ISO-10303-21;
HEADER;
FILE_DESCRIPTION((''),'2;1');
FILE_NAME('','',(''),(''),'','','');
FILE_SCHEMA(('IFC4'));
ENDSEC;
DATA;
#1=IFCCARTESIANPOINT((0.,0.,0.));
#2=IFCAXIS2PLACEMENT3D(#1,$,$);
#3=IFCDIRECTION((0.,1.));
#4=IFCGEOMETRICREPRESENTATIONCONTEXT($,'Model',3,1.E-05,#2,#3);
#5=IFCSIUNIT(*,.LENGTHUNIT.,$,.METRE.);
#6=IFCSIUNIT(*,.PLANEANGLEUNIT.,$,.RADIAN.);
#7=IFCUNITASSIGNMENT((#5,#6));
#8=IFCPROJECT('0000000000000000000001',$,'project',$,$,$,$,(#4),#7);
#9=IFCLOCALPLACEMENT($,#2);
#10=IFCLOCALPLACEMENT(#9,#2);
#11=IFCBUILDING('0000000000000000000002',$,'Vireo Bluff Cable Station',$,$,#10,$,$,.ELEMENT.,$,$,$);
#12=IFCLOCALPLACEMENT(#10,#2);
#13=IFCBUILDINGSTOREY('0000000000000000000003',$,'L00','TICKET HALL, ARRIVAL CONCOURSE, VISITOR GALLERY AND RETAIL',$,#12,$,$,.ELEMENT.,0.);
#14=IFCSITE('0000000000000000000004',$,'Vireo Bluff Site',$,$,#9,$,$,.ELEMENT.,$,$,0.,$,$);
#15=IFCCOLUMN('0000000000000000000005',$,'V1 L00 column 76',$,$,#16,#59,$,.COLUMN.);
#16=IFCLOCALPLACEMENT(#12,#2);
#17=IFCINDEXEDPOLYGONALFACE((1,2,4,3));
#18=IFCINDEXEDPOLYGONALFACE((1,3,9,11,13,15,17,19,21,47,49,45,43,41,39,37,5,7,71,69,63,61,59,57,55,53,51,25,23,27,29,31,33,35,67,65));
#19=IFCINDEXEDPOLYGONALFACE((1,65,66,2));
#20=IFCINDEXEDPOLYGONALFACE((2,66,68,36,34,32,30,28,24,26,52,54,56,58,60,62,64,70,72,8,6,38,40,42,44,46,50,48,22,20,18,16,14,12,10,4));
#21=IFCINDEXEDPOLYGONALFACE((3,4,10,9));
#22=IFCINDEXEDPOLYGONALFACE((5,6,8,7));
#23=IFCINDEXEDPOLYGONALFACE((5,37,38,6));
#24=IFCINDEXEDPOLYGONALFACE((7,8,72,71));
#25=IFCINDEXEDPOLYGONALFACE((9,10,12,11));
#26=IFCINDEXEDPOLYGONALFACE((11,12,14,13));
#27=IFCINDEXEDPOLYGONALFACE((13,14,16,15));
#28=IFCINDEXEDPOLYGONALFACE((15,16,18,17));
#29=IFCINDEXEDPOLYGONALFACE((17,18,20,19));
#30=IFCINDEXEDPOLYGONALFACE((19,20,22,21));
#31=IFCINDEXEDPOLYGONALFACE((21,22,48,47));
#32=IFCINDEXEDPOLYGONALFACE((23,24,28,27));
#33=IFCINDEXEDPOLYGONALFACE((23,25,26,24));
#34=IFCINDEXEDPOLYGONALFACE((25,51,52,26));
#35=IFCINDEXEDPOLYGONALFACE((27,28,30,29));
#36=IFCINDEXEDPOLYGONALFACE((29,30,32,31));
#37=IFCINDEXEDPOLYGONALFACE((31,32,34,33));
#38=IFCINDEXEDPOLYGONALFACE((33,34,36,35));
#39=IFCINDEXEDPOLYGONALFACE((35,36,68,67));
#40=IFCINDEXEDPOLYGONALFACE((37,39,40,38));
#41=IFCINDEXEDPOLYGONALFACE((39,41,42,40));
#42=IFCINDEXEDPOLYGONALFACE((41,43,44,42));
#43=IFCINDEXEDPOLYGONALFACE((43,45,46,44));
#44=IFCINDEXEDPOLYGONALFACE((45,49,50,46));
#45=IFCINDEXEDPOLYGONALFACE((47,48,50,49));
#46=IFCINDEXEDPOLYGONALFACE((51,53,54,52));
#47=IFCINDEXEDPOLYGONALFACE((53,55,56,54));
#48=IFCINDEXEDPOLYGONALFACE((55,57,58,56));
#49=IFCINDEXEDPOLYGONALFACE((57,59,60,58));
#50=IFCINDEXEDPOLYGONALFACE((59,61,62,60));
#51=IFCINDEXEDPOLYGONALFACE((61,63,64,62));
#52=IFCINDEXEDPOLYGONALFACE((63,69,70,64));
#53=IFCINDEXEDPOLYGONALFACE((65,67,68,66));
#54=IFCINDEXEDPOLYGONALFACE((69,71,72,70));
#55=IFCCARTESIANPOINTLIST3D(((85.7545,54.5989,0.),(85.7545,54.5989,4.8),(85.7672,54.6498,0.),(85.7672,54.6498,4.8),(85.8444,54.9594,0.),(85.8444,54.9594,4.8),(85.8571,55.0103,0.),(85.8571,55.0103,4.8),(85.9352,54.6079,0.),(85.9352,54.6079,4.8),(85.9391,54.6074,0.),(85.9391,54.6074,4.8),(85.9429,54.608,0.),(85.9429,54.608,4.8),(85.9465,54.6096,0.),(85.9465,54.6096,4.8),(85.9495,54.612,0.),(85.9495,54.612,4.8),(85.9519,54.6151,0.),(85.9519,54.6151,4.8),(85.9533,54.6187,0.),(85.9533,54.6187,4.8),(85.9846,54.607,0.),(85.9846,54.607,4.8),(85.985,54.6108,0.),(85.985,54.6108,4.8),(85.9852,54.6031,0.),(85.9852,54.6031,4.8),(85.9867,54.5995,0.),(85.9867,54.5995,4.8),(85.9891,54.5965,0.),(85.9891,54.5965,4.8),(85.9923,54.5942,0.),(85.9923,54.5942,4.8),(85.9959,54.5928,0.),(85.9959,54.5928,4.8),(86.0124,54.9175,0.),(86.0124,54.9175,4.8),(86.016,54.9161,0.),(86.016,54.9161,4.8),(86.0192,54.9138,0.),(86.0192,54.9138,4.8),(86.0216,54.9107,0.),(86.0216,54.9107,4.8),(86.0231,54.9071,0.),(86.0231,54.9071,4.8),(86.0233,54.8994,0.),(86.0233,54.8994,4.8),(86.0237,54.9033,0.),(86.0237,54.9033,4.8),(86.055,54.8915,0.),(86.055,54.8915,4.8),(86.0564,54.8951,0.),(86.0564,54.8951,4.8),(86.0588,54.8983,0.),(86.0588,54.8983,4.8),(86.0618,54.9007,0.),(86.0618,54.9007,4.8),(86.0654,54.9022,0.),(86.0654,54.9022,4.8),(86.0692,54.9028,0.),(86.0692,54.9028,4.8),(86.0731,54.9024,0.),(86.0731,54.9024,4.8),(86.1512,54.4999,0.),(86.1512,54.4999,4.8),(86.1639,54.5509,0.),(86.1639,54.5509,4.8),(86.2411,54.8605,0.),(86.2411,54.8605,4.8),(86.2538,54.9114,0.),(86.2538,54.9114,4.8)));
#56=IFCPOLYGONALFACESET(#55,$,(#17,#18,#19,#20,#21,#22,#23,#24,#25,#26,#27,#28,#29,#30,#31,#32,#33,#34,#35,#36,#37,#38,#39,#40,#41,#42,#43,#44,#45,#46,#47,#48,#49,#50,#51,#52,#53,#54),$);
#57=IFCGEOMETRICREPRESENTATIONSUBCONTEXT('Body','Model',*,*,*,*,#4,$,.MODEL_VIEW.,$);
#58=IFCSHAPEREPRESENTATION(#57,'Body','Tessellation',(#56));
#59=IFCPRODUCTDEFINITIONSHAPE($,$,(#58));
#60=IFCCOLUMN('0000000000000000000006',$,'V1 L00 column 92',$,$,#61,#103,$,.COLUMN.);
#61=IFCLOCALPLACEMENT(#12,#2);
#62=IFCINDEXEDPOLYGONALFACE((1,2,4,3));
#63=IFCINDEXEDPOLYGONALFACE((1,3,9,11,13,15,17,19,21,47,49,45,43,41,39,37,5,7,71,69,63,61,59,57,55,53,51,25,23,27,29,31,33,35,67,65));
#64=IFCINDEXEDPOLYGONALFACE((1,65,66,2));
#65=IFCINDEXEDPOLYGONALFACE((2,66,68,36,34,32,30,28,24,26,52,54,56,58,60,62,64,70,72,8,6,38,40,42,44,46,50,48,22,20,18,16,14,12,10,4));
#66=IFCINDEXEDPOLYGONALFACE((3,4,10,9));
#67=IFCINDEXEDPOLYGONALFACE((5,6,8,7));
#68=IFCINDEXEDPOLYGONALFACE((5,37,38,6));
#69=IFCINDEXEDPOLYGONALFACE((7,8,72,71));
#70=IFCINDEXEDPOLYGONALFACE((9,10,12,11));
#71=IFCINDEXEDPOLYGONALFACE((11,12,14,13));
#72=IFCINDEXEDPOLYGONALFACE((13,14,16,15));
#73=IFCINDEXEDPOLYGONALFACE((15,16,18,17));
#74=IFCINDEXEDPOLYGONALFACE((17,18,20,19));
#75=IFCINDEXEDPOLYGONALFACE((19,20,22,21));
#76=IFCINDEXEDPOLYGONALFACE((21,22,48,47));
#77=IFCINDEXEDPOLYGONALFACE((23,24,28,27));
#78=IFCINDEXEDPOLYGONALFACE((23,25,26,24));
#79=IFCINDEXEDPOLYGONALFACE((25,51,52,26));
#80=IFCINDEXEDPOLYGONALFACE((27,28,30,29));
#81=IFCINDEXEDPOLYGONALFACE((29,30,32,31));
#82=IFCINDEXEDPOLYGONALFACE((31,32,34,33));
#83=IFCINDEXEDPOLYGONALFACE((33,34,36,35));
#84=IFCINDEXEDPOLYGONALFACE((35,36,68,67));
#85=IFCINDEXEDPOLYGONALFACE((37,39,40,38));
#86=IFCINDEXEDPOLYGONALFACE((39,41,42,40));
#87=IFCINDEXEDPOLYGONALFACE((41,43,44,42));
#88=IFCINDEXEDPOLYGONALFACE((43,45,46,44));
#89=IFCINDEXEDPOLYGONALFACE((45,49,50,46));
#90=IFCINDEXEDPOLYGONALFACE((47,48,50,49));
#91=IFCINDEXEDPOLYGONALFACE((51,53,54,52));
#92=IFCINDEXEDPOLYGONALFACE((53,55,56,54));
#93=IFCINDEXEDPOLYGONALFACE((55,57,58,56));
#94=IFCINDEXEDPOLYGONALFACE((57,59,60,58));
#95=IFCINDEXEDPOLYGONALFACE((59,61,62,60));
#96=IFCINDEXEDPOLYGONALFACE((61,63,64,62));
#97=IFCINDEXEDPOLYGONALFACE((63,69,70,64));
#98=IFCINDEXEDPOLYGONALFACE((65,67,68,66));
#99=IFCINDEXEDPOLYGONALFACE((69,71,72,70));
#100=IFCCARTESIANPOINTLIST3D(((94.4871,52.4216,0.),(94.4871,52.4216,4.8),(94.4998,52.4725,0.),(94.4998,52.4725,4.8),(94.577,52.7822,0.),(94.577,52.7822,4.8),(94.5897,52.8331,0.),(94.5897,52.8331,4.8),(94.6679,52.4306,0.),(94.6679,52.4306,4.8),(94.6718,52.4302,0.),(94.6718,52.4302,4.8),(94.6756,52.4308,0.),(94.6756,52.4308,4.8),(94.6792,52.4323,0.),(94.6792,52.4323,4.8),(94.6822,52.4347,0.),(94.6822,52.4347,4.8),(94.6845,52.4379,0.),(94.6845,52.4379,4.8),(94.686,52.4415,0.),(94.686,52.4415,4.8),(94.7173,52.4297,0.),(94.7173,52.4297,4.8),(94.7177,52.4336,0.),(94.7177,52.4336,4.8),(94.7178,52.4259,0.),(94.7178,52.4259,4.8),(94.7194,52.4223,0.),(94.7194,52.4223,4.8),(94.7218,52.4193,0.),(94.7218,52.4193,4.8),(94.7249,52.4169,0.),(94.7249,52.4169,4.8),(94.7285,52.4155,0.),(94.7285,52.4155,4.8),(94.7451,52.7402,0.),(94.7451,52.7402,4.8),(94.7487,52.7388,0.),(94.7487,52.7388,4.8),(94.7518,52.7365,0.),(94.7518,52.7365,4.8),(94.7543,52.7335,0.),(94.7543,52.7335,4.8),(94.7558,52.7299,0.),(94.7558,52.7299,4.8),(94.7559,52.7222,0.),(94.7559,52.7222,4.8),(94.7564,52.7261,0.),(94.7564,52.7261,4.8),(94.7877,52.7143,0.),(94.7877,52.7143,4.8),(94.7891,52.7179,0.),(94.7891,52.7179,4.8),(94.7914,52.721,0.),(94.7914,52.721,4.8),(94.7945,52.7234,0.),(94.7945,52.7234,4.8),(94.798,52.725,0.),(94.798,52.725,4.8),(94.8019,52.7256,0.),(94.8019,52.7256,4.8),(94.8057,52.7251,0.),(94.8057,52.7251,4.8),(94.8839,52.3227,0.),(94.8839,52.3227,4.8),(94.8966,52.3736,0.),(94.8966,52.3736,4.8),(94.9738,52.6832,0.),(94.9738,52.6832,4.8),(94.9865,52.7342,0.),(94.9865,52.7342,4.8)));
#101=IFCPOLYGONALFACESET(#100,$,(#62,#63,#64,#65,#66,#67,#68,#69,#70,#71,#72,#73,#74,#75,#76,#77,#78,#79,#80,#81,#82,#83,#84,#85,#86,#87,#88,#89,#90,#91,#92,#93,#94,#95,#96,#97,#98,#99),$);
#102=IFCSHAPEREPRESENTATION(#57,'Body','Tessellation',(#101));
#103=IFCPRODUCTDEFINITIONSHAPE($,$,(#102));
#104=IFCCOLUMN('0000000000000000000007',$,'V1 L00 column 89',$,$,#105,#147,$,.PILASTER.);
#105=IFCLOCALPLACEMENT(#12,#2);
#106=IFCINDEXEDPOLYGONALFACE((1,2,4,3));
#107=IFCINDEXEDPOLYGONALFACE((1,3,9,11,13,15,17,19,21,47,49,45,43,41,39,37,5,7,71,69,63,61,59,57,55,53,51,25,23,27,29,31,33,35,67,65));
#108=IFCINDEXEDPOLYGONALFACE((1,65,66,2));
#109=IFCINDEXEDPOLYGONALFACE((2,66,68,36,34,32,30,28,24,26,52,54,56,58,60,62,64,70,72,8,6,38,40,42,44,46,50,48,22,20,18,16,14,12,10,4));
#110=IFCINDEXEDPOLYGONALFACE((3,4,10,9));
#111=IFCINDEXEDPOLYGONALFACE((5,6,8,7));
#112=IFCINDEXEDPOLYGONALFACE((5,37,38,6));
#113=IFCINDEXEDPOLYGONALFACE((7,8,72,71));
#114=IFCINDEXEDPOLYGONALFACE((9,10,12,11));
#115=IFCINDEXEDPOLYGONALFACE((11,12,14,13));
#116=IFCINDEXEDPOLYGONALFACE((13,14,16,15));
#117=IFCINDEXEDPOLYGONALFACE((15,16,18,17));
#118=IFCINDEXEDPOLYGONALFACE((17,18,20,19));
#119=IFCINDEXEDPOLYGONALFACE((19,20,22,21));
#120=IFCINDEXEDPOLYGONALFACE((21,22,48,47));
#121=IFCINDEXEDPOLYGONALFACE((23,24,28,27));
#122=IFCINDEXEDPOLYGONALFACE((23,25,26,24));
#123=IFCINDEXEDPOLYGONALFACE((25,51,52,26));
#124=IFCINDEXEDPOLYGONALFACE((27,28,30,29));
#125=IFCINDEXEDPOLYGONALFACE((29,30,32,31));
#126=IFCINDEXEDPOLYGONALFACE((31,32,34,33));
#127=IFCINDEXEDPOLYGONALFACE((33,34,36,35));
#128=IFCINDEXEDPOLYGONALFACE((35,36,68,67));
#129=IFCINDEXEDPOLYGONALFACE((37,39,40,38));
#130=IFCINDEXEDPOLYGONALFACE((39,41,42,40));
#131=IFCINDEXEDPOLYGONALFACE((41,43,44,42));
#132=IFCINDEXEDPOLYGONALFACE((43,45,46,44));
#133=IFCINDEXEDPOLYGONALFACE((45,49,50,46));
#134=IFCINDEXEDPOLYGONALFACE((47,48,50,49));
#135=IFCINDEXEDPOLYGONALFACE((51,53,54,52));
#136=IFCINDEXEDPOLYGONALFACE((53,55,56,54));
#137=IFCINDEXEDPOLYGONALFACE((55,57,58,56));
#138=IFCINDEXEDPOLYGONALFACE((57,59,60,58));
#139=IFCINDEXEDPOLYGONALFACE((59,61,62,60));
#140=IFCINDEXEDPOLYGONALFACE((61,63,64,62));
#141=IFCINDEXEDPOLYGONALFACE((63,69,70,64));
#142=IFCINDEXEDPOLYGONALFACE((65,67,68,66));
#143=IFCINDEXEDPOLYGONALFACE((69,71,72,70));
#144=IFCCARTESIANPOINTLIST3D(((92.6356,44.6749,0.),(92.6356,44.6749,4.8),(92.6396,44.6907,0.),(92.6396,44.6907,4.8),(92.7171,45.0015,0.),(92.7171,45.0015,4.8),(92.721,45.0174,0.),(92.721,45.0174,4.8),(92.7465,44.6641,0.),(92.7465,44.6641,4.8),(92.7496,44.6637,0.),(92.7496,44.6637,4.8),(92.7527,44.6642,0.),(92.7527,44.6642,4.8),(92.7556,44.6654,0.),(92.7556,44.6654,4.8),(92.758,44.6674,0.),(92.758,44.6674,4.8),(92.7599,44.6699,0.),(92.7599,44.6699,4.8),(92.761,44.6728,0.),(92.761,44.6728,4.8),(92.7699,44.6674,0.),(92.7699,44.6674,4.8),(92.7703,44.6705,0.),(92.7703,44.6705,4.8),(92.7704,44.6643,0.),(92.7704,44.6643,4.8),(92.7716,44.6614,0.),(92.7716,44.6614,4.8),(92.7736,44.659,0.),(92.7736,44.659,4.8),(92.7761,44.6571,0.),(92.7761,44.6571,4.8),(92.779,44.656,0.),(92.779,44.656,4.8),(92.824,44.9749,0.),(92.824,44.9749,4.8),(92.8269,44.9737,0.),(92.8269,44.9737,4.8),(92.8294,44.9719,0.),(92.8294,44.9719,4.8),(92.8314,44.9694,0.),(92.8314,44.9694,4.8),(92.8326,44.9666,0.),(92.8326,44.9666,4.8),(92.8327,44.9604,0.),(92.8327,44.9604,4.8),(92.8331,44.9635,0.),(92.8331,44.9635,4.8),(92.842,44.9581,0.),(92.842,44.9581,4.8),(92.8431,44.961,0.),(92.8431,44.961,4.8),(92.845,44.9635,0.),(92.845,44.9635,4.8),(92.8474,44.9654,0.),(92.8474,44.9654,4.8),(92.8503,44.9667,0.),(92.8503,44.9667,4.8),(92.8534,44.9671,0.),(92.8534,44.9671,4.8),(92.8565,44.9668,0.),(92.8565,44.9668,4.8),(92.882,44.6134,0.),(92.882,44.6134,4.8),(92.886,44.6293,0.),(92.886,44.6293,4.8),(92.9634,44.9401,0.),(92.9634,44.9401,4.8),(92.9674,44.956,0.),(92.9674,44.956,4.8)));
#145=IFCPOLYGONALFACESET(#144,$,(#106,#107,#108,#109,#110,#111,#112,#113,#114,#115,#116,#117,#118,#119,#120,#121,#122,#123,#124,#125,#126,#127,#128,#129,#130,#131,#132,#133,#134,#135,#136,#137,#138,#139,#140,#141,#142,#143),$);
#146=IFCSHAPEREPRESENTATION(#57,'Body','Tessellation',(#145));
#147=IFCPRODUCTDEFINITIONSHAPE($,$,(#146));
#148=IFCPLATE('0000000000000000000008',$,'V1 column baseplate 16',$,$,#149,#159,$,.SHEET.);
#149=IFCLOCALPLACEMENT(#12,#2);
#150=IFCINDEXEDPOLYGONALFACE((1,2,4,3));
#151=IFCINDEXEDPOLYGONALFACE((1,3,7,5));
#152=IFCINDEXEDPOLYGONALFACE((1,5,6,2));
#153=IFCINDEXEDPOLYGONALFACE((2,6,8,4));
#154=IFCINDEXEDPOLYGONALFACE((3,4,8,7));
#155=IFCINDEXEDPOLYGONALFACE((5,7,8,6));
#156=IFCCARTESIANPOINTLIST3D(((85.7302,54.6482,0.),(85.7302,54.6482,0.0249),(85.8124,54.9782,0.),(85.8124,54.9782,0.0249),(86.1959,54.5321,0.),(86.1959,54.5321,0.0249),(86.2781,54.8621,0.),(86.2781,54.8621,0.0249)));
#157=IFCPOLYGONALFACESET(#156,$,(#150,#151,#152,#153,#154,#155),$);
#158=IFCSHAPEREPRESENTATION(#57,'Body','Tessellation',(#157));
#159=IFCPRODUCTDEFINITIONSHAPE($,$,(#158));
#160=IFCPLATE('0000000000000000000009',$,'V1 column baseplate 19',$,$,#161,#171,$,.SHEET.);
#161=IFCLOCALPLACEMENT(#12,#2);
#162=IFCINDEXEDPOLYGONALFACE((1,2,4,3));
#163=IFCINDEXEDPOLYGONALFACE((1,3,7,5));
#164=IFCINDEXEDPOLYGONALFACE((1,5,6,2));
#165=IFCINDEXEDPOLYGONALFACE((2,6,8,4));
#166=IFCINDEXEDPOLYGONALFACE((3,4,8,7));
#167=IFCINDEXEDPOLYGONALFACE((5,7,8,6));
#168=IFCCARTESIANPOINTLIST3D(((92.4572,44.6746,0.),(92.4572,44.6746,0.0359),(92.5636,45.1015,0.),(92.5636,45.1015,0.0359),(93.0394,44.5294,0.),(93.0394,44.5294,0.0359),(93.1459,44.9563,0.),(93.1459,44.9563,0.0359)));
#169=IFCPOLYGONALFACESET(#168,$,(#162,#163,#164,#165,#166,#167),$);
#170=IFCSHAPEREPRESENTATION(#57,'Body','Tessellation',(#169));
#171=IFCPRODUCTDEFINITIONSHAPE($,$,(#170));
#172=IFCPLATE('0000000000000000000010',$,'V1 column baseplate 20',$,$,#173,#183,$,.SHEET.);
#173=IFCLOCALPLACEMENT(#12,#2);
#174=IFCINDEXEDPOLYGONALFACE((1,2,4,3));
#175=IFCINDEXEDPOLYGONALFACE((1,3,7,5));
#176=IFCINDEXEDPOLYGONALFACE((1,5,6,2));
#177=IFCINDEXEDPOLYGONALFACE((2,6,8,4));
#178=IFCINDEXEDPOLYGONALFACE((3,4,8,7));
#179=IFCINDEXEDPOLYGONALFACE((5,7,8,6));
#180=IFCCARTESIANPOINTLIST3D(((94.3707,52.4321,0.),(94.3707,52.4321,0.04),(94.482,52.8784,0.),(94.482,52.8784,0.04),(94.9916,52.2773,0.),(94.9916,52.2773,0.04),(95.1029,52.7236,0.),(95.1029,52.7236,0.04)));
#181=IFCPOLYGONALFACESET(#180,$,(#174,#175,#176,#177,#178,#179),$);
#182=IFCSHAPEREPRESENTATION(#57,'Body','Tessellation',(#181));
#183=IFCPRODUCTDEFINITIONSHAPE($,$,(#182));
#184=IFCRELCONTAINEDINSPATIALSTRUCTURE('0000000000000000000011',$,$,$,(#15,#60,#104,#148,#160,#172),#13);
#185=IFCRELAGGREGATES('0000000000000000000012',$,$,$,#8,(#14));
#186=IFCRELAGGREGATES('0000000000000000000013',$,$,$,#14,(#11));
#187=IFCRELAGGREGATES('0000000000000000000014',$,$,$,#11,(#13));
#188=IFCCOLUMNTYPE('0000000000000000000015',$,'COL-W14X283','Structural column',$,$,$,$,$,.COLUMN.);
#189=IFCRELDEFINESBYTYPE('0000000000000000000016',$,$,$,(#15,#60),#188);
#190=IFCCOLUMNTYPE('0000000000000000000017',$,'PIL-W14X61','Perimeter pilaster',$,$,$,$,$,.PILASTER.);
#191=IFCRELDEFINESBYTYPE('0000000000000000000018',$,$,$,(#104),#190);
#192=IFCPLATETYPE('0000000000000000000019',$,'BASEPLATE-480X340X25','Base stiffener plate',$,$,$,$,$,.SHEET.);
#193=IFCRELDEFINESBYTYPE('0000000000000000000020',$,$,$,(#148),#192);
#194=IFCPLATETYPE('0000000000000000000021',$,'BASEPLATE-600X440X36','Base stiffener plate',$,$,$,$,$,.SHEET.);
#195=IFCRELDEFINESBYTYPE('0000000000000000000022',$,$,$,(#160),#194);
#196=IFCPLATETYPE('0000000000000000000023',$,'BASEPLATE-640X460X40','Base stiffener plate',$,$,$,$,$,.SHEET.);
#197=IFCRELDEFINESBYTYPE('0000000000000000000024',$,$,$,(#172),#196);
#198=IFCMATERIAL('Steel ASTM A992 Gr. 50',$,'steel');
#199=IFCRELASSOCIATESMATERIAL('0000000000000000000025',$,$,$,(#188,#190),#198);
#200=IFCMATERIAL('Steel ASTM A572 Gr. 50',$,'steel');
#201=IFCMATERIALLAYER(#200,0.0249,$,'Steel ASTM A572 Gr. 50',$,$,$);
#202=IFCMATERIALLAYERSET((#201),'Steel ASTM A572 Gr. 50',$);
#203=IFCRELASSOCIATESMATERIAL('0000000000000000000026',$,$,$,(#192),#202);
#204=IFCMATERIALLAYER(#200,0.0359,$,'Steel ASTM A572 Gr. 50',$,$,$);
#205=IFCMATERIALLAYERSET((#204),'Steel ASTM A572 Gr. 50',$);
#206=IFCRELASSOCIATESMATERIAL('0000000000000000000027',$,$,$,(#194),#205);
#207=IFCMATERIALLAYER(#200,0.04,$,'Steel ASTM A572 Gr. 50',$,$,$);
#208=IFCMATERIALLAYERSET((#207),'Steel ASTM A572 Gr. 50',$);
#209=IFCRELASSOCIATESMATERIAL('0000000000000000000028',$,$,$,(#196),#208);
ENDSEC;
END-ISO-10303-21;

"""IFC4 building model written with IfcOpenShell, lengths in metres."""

from ifc_helpers import new_model, si_unit, direction, frame, origin, origin_2d, place, context, subcontext, project, spatial, rectangle, i_section, extrude, material, layer, layer_set, material_profile, profile_set, type_object, element, save


model = new_model("IFC4")

# Units and contexts
model_context = context("Model", 3, precision=1e-05, world=origin(), true_north=direction((0.0, 1.0)))
body_context = subcontext(model_context, "Body", "Model", "MODEL_VIEW")
ifc_project = project(units=[si_unit("LENGTHUNIT", "METRE"), si_unit("PLANEANGLEUNIT", "RADIAN")], contexts=[model_context])

# Site, building, storey
site_placement = place(None, origin())
site = spatial("IfcSite", under=ifc_project, at=site_placement, Name="Vireo Bluff Site", CompositionType="ELEMENT", RefElevation=0.0)
building_placement = place(site_placement, origin())
building = spatial("IfcBuilding", under=site, at=building_placement, Name="Vireo Bluff Cable Station", CompositionType="ELEMENT")
storey_placement = place(building_placement, origin())
storey = spatial("IfcBuildingStorey", under=building, at=storey_placement, Name="L00", Description="TICKET HALL, ARRIVAL CONCOURSE, VISITOR GALLERY AND RETAIL", CompositionType="ELEMENT", Elevation=0.0)

# Columns
ifc_material_1 = material(Name="Steel ASTM A992 Gr. 50", Category="steel")
ifc_material_profile_1 = material_profile(ifc_material_1, i_section(OverallWidth=0.4089, OverallDepth=0.4241, WebThickness=0.0327, FlangeThickness=0.0525, FilletRadius=0.0149, at=origin_2d()), Name="W14X283")
ifc_profile_set_1 = profile_set([ifc_material_profile_1], Name="Steel ASTM A992 Gr. 50")
column_type_1 = type_object("IfcColumnType", Name="COL-W14X283", Description="Structural column", PredefinedType="COLUMN", material=ifc_profile_set_1)
for number, where, z_axis, x_axis, name in (
    (1, (86.0042, 54.7551, 0.0), (0.0, 0.0, 1.0), (0.970296, -0.241922, 0.0), "V1 L00 column 76"),
    (2, (94.7368, 52.5779, 0.0), (0.0, 0.0, 1.0), (0.970296, -0.241922, 0.0), "V1 L00 column 92"),
):
    element("IfcColumn", number, at=place(storey_placement, frame(where, z_axis=z_axis, x_axis=x_axis)), inside=storey, type_object=column_type_1, Name=name, PredefinedType="COLUMN", context=body_context, shape_type="SweptSolid", body=[
        extrude(i_section(OverallWidth=0.4089, OverallDepth=0.4241, WebThickness=0.0327, FlangeThickness=0.0525, FilletRadius=0.0149, at=origin_2d()), origin(), (0.0, 0.0, 1.0), 4.8),
    ])
ifc_material_profile_2 = material_profile(ifc_material_1, i_section(OverallWidth=0.2539, OverallDepth=0.353, WebThickness=0.0095, FlangeThickness=0.0164, FilletRadius=0.012, at=origin_2d()), Name="W14X61")
ifc_profile_set_2 = profile_set([ifc_material_profile_2], Name="Steel ASTM A992 Gr. 50")
column_type_2 = type_object("IfcColumnType", Name="PIL-W14X61", Description="Perimeter pilaster", PredefinedType="PILASTER", material=ifc_profile_set_2)
column_placement = place(storey_placement, frame((92.8015, 44.8154, 0.0), z_axis=(0.0, 0.0, 1.0), x_axis=(0.970296, -0.241922, 0.0)))
element("IfcColumn", 3, at=column_placement, inside=storey, type_object=column_type_2, Name="V1 L00 column 89", PredefinedType="PILASTER", context=body_context, shape_type="SweptSolid", body=[
    extrude(i_section(OverallWidth=0.2539, OverallDepth=0.353, WebThickness=0.0095, FlangeThickness=0.0164, FilletRadius=0.012, at=origin_2d()), origin(), (0.0, 0.0, 1.0), 4.8),
])

# Plates
ifc_material_2 = material(Name="Steel ASTM A572 Gr. 50", Category="steel")
ifc_layer_1 = layer(ifc_material_2, 0.0249, Name="Steel ASTM A572 Gr. 50")
ifc_layer_set_1 = layer_set([ifc_layer_1], Name="Steel ASTM A572 Gr. 50")
plate_type_1 = type_object("IfcPlateType", Name="BASEPLATE-480X340X25", Description="Base stiffener plate", PredefinedType="SHEET", material=ifc_layer_set_1)
plate_1_placement = place(storey_placement, frame((86.0042, 54.7551, 0.0), z_axis=(0.0, 0.0, 1.0), x_axis=(0.970296, -0.241922, 0.0)))
element("IfcPlate", 4, at=plate_1_placement, inside=storey, type_object=plate_type_1, Name="V1 column baseplate 16", PredefinedType="SHEET", context=body_context, shape_type="SweptSolid", body=[
    extrude(rectangle(XDim=0.48, YDim=0.3401, at=origin_2d()), origin(), (0.0, 0.0, 1.0), 0.0249),
])
ifc_layer_2 = layer(ifc_material_2, 0.0359, Name="Steel ASTM A572 Gr. 50")
ifc_layer_set_2 = layer_set([ifc_layer_2], Name="Steel ASTM A572 Gr. 50")
plate_type_2 = type_object("IfcPlateType", Name="BASEPLATE-600X440X36", Description="Base stiffener plate", PredefinedType="SHEET", material=ifc_layer_set_2)
plate_2_placement = place(storey_placement, frame((92.8015, 44.8154, 0.0), z_axis=(0.0, 0.0, 1.0), x_axis=(0.970296, -0.241922, 0.0)))
element("IfcPlate", 5, at=plate_2_placement, inside=storey, type_object=plate_type_2, Name="V1 column baseplate 19", PredefinedType="SHEET", context=body_context, shape_type="SweptSolid", body=[
    extrude(rectangle(XDim=0.6001, YDim=0.4399, at=origin_2d()), origin(), (0.0, 0.0, 1.0), 0.0359),
])
ifc_layer_3 = layer(ifc_material_2, 0.04, Name="Steel ASTM A572 Gr. 50")
ifc_layer_set_3 = layer_set([ifc_layer_3], Name="Steel ASTM A572 Gr. 50")
plate_type_3 = type_object("IfcPlateType", Name="BASEPLATE-640X460X40", Description="Base stiffener plate", PredefinedType="SHEET", material=ifc_layer_set_3)
plate_3_placement = place(storey_placement, frame((94.7368, 52.5779, 0.0), z_axis=(0.0, 0.0, 1.0), x_axis=(0.970296, -0.241922, 0.0)))
element("IfcPlate", 6, at=plate_3_placement, inside=storey, type_object=plate_type_3, Name="V1 column baseplate 20", PredefinedType="SHEET", context=body_context, shape_type="SweptSolid", body=[
    extrude(rectangle(XDim=0.6399, YDim=0.46, at=origin_2d()), origin(), (0.0, 0.0, 1.0), 0.04),
])

save(model, "model.ifc")
